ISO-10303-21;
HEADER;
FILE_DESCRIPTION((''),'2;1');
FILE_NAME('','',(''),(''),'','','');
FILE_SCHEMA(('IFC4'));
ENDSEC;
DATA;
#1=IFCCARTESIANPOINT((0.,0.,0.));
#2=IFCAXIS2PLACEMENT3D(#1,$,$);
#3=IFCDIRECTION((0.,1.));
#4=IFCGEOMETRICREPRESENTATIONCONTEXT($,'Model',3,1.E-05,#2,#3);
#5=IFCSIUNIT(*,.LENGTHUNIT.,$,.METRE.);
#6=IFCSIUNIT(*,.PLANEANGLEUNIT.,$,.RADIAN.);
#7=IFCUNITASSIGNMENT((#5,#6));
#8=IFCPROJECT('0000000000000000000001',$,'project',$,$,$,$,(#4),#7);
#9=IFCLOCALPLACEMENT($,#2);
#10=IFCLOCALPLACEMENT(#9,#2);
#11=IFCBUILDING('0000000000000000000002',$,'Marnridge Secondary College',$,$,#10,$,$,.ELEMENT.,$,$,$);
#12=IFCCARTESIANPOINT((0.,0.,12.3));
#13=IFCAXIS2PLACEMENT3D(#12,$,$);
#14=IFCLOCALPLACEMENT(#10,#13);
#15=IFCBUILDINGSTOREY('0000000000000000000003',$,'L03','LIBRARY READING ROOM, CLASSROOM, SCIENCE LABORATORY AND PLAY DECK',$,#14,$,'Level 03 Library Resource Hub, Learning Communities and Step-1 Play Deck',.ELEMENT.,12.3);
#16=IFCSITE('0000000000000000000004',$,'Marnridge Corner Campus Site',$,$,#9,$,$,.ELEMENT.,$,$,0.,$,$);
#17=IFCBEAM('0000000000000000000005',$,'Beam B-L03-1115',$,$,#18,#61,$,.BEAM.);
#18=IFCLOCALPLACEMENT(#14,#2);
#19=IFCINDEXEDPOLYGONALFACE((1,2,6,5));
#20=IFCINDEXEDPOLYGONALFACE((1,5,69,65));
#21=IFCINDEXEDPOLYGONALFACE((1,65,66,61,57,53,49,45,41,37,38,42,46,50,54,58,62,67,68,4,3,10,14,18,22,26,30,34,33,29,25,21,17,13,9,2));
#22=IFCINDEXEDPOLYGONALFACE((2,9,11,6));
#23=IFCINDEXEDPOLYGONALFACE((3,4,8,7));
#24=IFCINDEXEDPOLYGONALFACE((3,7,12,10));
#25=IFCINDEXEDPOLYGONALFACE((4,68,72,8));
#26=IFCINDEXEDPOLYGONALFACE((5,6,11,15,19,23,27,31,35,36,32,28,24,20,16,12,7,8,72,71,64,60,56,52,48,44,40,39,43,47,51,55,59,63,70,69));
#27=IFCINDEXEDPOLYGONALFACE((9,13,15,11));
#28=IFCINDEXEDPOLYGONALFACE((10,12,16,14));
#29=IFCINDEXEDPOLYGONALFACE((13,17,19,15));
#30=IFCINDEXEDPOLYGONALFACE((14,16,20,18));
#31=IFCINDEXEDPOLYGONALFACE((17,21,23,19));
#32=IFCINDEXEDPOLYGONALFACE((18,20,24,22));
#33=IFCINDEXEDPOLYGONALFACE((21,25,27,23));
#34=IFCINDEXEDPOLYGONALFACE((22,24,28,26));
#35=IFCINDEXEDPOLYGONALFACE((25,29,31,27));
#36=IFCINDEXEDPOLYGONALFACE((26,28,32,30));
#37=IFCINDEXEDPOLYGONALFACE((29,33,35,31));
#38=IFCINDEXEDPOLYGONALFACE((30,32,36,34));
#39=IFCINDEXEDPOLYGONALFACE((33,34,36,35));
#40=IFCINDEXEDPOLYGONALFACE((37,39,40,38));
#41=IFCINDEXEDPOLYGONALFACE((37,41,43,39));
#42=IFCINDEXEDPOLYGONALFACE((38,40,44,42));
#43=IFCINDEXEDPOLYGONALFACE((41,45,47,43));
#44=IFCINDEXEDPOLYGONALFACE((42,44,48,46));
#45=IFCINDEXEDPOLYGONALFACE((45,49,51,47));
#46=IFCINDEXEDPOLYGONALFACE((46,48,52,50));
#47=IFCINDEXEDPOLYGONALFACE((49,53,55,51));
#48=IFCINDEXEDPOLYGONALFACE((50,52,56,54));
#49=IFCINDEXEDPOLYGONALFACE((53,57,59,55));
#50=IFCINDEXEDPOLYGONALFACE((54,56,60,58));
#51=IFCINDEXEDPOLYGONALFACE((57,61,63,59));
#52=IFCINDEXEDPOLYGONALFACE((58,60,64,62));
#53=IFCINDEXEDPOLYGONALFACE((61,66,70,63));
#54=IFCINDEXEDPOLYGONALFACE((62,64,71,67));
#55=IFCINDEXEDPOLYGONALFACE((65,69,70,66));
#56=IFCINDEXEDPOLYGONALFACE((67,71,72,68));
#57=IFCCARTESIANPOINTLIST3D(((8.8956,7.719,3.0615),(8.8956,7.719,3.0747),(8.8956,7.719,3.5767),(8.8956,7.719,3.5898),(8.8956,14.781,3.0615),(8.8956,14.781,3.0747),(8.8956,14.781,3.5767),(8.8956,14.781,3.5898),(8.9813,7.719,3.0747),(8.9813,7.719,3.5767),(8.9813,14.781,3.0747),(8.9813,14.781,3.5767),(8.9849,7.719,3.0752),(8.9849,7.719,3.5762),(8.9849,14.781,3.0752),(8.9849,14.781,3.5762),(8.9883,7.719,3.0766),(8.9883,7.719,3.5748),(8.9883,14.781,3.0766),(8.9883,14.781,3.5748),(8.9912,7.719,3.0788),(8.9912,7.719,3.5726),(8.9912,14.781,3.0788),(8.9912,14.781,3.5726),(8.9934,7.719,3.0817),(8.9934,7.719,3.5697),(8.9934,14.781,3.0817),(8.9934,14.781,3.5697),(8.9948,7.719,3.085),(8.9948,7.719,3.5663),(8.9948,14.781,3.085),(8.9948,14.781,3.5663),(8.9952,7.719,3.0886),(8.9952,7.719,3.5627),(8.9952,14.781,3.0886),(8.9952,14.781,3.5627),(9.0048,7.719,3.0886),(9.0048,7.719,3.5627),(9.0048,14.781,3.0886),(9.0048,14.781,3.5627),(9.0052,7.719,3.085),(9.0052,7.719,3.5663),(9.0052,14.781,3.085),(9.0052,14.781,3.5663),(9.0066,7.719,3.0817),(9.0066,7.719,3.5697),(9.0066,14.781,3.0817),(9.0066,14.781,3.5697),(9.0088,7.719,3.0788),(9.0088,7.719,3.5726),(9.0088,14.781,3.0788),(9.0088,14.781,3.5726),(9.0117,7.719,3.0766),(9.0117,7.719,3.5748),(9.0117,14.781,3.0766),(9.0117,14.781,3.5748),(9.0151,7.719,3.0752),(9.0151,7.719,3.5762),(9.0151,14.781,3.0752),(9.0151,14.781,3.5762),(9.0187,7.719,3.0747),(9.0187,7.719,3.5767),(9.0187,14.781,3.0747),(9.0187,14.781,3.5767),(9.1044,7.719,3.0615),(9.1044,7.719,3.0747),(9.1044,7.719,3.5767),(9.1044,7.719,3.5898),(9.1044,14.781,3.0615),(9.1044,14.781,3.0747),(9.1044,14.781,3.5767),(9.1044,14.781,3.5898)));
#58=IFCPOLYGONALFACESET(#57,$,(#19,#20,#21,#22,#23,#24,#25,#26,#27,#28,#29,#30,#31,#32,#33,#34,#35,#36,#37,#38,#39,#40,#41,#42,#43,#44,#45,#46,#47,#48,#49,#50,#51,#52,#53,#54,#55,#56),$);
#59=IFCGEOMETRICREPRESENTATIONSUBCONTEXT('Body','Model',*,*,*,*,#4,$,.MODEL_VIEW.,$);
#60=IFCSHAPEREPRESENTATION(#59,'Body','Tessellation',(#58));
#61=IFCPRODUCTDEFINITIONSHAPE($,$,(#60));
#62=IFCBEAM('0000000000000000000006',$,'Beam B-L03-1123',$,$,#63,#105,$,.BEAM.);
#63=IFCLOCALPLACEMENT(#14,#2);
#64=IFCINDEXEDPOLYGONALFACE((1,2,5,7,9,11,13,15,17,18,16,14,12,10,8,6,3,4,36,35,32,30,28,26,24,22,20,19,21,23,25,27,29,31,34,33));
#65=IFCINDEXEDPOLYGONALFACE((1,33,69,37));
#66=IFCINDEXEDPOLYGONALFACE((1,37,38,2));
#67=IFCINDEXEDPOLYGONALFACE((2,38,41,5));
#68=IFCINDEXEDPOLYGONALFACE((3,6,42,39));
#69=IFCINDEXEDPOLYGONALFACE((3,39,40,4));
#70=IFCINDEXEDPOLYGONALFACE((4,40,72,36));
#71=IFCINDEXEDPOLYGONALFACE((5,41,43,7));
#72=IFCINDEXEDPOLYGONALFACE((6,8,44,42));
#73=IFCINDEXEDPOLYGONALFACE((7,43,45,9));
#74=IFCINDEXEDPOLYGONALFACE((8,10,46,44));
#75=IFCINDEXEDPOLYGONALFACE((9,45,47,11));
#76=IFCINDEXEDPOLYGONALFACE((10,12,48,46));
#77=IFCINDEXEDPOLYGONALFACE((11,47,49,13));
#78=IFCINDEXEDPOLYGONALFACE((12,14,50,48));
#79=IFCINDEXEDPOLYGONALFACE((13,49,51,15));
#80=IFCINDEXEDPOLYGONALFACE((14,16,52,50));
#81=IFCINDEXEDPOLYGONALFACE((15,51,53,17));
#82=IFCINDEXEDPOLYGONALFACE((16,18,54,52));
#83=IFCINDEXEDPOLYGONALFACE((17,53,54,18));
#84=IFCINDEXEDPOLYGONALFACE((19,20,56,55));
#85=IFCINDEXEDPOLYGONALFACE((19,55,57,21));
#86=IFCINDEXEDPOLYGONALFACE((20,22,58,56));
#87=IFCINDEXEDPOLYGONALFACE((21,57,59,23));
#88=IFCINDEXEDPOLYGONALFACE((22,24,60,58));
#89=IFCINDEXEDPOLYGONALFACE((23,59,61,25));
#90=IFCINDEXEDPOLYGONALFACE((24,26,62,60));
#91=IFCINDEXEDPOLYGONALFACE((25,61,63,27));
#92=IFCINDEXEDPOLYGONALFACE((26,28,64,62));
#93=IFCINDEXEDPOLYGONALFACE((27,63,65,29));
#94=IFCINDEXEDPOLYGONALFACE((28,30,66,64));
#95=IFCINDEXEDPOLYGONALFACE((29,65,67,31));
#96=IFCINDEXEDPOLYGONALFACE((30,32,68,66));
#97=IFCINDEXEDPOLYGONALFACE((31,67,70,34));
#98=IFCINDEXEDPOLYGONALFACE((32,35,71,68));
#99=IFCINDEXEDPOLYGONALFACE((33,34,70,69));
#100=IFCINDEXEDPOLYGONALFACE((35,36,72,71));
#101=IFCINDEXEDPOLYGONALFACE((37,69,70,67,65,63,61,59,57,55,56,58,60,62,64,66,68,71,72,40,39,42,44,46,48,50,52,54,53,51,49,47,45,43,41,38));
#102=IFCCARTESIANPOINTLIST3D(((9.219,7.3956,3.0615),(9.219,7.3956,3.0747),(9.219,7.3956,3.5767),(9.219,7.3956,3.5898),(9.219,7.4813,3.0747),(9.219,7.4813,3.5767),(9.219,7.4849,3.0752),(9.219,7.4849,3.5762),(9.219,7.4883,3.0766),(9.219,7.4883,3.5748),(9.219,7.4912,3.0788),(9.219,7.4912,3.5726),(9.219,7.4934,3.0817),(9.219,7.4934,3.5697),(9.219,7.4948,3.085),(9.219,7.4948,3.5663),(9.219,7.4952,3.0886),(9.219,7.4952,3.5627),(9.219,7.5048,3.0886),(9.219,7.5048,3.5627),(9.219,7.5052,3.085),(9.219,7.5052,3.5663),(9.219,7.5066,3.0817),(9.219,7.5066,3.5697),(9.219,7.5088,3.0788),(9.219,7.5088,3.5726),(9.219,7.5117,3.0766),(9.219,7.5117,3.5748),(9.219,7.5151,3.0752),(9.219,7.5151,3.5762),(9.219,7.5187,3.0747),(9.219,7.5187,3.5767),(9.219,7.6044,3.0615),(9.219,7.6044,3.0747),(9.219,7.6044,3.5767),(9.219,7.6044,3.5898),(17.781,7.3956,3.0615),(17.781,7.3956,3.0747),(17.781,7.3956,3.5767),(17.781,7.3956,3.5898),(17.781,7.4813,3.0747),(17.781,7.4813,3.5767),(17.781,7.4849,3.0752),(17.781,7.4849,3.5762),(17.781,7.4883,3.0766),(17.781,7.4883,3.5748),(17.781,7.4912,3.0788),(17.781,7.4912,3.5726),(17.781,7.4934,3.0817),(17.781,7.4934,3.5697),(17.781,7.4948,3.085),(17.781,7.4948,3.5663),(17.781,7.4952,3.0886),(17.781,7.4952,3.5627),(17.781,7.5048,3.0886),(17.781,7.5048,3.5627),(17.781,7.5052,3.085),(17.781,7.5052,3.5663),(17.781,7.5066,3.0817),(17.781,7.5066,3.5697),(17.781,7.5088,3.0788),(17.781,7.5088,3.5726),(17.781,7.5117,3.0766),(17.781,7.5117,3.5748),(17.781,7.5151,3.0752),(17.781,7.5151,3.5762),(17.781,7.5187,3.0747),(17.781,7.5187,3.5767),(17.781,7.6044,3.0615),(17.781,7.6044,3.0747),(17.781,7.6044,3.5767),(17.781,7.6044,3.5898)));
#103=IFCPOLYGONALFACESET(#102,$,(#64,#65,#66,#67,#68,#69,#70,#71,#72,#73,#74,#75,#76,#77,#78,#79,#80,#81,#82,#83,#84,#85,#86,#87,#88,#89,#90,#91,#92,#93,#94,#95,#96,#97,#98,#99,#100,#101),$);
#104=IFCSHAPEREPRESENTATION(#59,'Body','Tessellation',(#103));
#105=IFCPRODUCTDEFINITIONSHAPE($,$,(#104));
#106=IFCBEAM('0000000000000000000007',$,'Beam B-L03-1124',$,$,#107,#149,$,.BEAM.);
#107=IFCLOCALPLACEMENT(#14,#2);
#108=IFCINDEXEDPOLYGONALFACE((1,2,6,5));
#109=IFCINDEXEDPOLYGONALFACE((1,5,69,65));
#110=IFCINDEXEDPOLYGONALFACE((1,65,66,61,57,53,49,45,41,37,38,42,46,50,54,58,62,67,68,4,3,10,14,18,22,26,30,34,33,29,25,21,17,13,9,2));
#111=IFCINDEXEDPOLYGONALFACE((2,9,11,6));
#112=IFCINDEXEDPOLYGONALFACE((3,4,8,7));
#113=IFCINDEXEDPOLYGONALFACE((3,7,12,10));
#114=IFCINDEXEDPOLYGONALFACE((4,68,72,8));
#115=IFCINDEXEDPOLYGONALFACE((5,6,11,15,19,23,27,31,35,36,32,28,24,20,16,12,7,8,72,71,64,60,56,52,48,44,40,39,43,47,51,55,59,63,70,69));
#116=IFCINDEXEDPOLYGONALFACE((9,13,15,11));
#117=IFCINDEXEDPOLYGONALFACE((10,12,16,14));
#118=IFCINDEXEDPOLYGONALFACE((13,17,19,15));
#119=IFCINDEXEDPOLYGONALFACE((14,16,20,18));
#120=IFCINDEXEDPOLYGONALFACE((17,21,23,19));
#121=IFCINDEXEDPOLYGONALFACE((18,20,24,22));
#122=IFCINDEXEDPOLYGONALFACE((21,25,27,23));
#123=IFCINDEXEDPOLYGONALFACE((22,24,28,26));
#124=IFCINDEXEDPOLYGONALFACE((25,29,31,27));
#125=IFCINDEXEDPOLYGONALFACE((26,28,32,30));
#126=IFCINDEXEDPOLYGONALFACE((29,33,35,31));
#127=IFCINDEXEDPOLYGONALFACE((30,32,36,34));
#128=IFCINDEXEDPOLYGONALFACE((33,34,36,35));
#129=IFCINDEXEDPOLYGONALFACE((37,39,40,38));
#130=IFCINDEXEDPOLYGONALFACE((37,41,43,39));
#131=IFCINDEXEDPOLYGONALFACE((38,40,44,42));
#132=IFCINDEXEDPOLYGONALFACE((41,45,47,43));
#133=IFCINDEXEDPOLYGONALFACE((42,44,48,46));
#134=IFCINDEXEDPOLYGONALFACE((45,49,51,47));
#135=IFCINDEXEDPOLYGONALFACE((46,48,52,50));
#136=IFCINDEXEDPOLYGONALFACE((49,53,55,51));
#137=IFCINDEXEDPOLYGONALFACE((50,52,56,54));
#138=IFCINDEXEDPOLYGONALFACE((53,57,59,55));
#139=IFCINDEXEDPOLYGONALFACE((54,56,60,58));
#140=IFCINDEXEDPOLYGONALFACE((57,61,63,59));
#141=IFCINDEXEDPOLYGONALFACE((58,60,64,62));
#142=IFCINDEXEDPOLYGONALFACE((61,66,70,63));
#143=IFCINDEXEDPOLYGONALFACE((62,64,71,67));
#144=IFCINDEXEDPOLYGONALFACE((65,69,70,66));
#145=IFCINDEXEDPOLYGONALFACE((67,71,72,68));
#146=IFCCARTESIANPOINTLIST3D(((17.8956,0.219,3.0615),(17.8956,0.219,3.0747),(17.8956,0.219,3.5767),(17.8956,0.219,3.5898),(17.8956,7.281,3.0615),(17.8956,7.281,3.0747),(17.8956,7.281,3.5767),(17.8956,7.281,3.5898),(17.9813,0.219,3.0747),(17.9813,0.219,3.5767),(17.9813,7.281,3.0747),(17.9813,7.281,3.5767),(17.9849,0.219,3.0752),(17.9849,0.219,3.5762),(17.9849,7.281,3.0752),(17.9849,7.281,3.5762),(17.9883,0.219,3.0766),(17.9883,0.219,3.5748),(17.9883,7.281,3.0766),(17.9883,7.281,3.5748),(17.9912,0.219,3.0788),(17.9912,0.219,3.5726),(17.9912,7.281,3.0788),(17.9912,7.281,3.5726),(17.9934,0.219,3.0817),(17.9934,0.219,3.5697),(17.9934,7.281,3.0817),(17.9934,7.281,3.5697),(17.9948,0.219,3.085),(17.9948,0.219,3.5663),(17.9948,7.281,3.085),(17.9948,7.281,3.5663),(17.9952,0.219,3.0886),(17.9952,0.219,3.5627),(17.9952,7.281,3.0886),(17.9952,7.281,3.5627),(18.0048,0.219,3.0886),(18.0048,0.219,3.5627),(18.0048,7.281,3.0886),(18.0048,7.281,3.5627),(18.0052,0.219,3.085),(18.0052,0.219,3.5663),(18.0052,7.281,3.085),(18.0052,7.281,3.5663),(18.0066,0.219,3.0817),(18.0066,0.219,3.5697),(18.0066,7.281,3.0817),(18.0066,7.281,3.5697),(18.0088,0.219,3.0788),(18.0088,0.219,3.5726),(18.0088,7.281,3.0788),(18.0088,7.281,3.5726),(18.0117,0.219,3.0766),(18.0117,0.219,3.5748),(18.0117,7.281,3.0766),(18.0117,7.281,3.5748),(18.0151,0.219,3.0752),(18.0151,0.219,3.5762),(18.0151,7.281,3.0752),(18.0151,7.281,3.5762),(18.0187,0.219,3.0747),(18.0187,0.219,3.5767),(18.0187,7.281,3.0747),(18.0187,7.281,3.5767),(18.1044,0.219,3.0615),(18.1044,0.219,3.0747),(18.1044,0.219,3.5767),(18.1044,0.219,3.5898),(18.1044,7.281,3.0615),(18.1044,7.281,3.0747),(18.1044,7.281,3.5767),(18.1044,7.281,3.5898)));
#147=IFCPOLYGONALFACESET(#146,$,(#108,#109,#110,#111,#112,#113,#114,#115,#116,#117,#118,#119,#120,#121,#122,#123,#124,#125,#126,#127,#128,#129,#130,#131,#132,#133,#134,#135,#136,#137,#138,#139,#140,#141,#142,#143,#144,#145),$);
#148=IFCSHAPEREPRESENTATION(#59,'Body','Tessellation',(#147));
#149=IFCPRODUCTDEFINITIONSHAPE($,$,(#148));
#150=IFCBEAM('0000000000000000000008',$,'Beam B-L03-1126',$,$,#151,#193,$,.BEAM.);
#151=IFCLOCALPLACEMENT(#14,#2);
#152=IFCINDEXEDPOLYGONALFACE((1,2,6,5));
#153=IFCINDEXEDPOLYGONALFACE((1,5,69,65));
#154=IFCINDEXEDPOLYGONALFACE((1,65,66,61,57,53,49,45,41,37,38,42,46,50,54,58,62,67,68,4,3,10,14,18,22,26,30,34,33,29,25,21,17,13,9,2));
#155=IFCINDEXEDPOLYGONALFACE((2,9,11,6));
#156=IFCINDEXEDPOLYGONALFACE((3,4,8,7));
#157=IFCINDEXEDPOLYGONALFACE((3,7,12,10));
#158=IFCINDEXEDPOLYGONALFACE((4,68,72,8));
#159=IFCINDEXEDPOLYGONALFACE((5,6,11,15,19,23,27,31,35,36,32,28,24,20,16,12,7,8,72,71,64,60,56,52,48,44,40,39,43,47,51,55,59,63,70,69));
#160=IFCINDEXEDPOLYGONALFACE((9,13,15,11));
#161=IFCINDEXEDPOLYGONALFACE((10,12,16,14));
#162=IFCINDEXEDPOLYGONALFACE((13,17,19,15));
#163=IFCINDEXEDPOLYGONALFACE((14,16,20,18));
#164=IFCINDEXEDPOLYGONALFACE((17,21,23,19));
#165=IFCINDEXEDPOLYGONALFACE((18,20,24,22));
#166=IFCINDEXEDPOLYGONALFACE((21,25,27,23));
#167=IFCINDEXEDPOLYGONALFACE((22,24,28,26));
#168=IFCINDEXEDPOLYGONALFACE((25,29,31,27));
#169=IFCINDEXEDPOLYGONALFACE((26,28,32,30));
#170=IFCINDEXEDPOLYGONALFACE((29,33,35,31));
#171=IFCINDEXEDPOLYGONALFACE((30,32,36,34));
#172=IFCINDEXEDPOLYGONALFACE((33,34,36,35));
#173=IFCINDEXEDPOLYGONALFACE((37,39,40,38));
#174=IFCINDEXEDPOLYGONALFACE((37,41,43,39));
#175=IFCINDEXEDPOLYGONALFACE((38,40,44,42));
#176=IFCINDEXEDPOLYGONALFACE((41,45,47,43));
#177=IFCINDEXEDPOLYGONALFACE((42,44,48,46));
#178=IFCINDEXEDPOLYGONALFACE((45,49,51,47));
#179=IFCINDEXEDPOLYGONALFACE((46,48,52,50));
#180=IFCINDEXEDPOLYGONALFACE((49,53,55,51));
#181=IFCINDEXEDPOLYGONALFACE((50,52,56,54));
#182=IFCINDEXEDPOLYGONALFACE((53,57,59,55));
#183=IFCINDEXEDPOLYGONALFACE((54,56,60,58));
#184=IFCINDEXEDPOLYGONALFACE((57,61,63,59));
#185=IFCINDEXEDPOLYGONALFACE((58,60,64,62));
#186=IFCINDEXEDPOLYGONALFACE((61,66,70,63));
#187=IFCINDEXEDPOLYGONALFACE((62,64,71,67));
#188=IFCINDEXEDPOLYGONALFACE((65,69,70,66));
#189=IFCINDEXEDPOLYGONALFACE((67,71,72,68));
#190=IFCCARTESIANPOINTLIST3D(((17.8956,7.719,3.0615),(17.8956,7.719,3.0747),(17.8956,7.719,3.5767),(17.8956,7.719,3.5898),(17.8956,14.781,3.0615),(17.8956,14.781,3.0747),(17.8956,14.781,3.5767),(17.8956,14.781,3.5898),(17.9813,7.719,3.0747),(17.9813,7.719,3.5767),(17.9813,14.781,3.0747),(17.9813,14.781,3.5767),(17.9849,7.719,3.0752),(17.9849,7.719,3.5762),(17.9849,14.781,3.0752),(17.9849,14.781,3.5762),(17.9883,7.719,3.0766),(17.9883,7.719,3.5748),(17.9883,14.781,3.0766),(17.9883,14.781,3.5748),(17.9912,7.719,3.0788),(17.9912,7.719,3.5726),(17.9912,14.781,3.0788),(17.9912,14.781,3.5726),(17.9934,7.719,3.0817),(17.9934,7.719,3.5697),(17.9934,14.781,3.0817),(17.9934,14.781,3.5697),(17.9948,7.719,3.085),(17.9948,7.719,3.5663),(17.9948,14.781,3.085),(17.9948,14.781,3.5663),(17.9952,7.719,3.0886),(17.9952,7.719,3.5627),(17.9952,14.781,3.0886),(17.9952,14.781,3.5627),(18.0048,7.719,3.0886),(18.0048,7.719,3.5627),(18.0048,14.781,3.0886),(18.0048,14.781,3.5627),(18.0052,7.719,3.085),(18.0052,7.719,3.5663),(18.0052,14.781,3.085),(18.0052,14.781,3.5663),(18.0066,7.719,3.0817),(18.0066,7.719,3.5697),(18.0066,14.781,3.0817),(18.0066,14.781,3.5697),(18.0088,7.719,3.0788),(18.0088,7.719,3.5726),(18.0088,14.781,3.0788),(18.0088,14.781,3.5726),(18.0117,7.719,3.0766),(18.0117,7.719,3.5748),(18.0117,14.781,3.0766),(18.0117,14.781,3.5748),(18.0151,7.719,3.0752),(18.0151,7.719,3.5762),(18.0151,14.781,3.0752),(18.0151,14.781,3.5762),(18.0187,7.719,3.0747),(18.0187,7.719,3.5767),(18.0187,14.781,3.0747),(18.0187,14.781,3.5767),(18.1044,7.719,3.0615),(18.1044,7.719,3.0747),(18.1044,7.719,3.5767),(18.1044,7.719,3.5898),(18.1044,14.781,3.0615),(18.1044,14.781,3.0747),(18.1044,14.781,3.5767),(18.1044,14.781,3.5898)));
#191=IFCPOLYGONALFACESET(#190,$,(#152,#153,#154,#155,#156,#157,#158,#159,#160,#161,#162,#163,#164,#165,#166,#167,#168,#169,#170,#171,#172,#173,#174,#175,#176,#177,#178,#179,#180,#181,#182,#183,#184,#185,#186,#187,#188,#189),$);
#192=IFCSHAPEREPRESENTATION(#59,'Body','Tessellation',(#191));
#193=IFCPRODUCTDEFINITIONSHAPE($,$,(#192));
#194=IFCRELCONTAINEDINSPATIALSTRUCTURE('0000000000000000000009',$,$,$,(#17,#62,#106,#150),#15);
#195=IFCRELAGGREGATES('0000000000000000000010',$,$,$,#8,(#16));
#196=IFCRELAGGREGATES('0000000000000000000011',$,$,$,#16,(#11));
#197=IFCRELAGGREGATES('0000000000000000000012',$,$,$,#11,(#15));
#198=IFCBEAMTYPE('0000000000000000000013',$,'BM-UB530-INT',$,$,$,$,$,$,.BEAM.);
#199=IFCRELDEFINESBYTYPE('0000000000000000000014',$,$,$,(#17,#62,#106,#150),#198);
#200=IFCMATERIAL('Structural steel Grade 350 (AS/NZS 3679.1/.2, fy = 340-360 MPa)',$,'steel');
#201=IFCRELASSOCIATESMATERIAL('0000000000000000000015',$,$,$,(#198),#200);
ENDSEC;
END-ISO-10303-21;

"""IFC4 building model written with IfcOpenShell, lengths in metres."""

from ifc_helpers import new_model, si_unit, direction, frame, origin, origin_2d, place, context, subcontext, project, spatial, i_section, extrude, material, material_profile, profile_set, type_object, element, save


model = new_model("IFC4")

# Units and contexts
model_context = context("Model", 3, precision=1e-05, world=origin(), true_north=direction((0.0, 1.0)))
body_context = subcontext(model_context, "Body", "Model", "MODEL_VIEW")
ifc_project = project(units=[si_unit("LENGTHUNIT", "METRE"), si_unit("PLANEANGLEUNIT", "RADIAN")], contexts=[model_context])

# Site, building, storey
site_placement = place(None, origin())
site = spatial("IfcSite", under=ifc_project, at=site_placement, Name="Marnridge Corner Campus Site", CompositionType="ELEMENT", RefElevation=0.0)
building_placement = place(site_placement, origin())
building = spatial("IfcBuilding", under=site, at=building_placement, Name="Marnridge Secondary College", CompositionType="ELEMENT")
storey_placement = place(building_placement, frame((0.0, 0.0, 12.3)))
storey = spatial("IfcBuildingStorey", under=building, at=storey_placement, Name="L03", Description="LIBRARY READING ROOM, CLASSROOM, SCIENCE LABORATORY AND PLAY DECK", LongName="Level 03 Library Resource Hub, Learning Communities and Step-1 Play Deck", CompositionType="ELEMENT", Elevation=12.3)

# Beams
ifc_material_1 = material(Name="Structural steel Grade 350 (AS/NZS 3679.1/.2, fy = 340-360 MPa)", Category="steel")
ifc_material_profile_1 = material_profile(ifc_material_1, i_section(OverallWidth=0.2087, OverallDepth=0.5283, WebThickness=0.0095, FlangeThickness=0.0132, FilletRadius=0.0139, at=origin_2d()), Name="530UB82.0")
ifc_profile_set_1 = profile_set([ifc_material_profile_1], Name="Structural steel Grade 350 (AS/NZS 3679.1/.2, fy = 340-360 MPa)")
beam_type_1 = type_object("IfcBeamType", Name="BM-UB530-INT", PredefinedType="BEAM", material=ifc_profile_set_1)
for number, where, z_axis, x_axis, name in (
    (1, (9.0, 7.719, 3.3257), (0.0, 1.0, 0.0), (-1.0, 0.0, 0.0), "Beam B-L03-1115"),
):
    element("IfcBeam", number, at=place(storey_placement, frame(where, z_axis=z_axis, x_axis=x_axis)), inside=storey, type_object=beam_type_1, Name=name, PredefinedType="BEAM", context=body_context, shape_type="SweptSolid", body=[
        extrude(i_section(OverallWidth=0.2087, OverallDepth=0.5283, WebThickness=0.0095, FlangeThickness=0.0132, FilletRadius=0.0139, at=origin_2d()), origin(), (0.0, 0.0, 1.0), 7.062),
    ])
beam_1_placement = place(storey_placement, frame((9.219, 7.5, 3.3257), z_axis=(1.0, 0.0, 0.0), x_axis=(0.0, 1.0, 0.0)))
element("IfcBeam", 2, at=beam_1_placement, inside=storey, type_object=beam_type_1, Name="Beam B-L03-1123", PredefinedType="BEAM", context=body_context, shape_type="SweptSolid", body=[
    extrude(i_section(OverallWidth=0.2087, OverallDepth=0.5283, WebThickness=0.0095, FlangeThickness=0.0132, FilletRadius=0.0139, at=origin_2d()), origin(), (0.0, 0.0, 1.0), 8.562),
])
for number, where, z_axis, x_axis, name in (
    (3, (18.0, 0.219, 3.3257), (0.0, 1.0, 0.0), (-1.0, 0.0, 0.0), "Beam B-L03-1124"),
    (4, (18.0, 7.719, 3.3257), (0.0, 1.0, 0.0), (-1.0, 0.0, 0.0), "Beam B-L03-1126"),
):
    element("IfcBeam", number, at=place(storey_placement, frame(where, z_axis=z_axis, x_axis=x_axis)), inside=storey, type_object=beam_type_1, Name=name, PredefinedType="BEAM", context=body_context, shape_type="SweptSolid", body=[
        extrude(i_section(OverallWidth=0.2087, OverallDepth=0.5283, WebThickness=0.0095, FlangeThickness=0.0132, FilletRadius=0.0139, at=origin_2d()), origin(), (0.0, 0.0, 1.0), 7.062),
    ])

save(model, "model.ifc")
